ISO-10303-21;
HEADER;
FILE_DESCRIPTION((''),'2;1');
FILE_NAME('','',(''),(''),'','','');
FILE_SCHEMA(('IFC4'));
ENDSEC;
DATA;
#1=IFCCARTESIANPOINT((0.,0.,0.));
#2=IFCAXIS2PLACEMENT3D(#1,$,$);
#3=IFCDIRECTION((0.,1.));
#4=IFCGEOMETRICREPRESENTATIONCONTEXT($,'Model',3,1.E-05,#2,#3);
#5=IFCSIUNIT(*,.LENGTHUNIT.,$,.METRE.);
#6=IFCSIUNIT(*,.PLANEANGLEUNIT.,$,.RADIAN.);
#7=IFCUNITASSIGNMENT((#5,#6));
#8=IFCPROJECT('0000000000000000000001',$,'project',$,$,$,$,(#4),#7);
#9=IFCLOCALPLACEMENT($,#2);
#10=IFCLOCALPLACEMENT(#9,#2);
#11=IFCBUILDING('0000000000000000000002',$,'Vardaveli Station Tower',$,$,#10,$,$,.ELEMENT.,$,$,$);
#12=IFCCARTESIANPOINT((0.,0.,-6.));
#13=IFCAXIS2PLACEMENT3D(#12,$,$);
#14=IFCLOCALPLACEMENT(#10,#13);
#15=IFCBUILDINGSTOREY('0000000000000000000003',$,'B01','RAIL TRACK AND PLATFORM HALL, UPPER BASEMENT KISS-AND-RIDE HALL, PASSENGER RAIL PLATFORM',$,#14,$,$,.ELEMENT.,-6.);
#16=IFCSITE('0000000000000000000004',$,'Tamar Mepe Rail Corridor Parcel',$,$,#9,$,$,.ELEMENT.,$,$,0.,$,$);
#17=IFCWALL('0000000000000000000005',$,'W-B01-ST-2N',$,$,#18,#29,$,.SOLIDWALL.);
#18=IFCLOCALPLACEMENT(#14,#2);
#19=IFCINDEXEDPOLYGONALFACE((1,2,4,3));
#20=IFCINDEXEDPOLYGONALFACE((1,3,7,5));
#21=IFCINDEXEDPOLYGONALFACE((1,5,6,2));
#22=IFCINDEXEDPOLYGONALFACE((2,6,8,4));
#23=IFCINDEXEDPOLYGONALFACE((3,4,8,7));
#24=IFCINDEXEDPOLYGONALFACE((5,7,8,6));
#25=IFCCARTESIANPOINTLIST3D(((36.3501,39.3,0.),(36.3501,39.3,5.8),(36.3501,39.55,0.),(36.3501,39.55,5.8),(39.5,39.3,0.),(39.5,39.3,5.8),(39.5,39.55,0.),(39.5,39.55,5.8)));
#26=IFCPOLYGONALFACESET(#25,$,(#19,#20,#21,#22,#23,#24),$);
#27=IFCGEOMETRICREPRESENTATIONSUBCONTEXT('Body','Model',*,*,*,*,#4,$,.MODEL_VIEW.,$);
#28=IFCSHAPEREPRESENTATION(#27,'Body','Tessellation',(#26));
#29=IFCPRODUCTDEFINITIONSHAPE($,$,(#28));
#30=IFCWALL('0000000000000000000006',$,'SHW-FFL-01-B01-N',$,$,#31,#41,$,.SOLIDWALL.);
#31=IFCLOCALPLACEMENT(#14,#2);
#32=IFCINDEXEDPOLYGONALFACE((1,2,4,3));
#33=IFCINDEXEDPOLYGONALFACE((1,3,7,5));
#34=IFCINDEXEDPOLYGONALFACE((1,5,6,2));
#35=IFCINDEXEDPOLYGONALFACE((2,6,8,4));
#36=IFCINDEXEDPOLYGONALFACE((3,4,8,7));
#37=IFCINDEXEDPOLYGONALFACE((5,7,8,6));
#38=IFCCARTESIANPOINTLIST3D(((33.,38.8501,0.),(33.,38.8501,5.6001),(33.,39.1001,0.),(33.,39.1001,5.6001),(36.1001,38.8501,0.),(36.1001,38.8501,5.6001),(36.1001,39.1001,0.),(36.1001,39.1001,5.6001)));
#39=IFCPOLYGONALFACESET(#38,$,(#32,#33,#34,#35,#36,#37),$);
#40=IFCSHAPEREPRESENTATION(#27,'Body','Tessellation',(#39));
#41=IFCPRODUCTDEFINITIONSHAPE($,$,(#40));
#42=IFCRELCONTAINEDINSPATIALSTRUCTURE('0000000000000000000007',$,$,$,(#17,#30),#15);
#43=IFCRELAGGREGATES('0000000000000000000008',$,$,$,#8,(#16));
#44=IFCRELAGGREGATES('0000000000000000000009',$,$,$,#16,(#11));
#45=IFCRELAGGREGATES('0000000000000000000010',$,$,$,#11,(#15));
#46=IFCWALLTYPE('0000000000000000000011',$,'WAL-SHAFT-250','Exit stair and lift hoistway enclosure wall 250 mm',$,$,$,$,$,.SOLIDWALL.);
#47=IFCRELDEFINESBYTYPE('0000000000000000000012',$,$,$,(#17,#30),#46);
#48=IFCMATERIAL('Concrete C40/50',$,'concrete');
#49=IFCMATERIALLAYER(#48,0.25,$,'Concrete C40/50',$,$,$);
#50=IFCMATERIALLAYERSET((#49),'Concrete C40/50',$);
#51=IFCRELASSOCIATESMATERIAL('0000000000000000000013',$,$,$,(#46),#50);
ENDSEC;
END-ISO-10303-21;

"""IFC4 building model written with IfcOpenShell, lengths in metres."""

from ifc_helpers import new_model, si_unit, direction, frame, frame_2d, origin, place, context, subcontext, project, spatial, rectangle, extrude, source, transform, mapped, material, layer, layer_set, type_object, element, save


model = new_model("IFC4")

# Units and contexts
model_context = context("Model", 3, precision=1e-05, world=origin(), true_north=direction((0.0, 1.0)))
body_context = subcontext(model_context, "Body", "Model", "MODEL_VIEW")
ifc_project = project(units=[si_unit("LENGTHUNIT", "METRE"), si_unit("PLANEANGLEUNIT", "RADIAN")], contexts=[model_context])

# Site, building, storey
site_placement = place(None, origin())
site = spatial("IfcSite", under=ifc_project, at=site_placement, Name="Tamar Mepe Rail Corridor Parcel", CompositionType="ELEMENT", RefElevation=0.0)
building_placement = place(site_placement, origin())
building = spatial("IfcBuilding", under=site, at=building_placement, Name="Vardaveli Station Tower", CompositionType="ELEMENT")
storey_placement = place(building_placement, frame((0.0, 0.0, -6.0)))
storey = spatial("IfcBuildingStorey", under=building, at=storey_placement, Name="B01", Description="RAIL TRACK AND PLATFORM HALL, UPPER BASEMENT KISS-AND-RIDE HALL, PASSENGER RAIL PLATFORM", CompositionType="ELEMENT", Elevation=-6.0)

# Shared definitions
ifc_material_1 = material(Name="Concrete C40/50", Category="concrete")

# Walls
ifc_layer_1 = layer(ifc_material_1, 0.25, Name="Concrete C40/50")
ifc_layer_set_1 = layer_set([ifc_layer_1], Name="Concrete C40/50")
wall_type_1 = type_object("IfcWallType", Name="WAL-SHAFT-250", Description="Exit stair and lift hoistway enclosure wall 250 mm", PredefinedType="SOLIDWALL", material=ifc_layer_set_1)
shared_shape_1 = source(origin(), body_context, "Body", "SweptSolid", [
    extrude(rectangle(XDim=3.1499, YDim=0.25, at=frame_2d((1.575, 0.0))), origin(), (0.0, 0.0, 1.0), 5.8),
])
for number, where, z_axis, x_axis, name in (
    (1, (36.3501, 39.425, 0.0), (0.0, 0.0, 1.0), (1.0, 0.0, 0.0), "W-B01-ST-2N"),
):
    element("IfcWall", number, at=place(storey_placement, frame(where, z_axis=z_axis, x_axis=x_axis)), inside=storey, type_object=wall_type_1, Name=name, PredefinedType="SOLIDWALL", context=body_context, shape_type="MappedRepresentation", body=[
        mapped(shared_shape_1, transform((0.0, 0.0, 0.0), scale=1.0)),
    ])
shared_shape_2 = source(origin(), body_context, "Body", "SweptSolid", [
    extrude(rectangle(XDim=3.1001, YDim=0.25, at=frame_2d((1.55, 0.0))), origin(), (0.0, 0.0, 1.0), 5.6001),
])
wall_1_placement = place(storey_placement, frame((33.0, 38.9751, 0.0), z_axis=(0.0, 0.0, 1.0), x_axis=(1.0, 0.0, 0.0)))
element("IfcWall", 2, at=wall_1_placement, inside=storey, type_object=wall_type_1, Name="SHW-FFL-01-B01-N", PredefinedType="SOLIDWALL", context=body_context, shape_type="MappedRepresentation", body=[
    mapped(shared_shape_2, transform((0.0, 0.0, 0.0), scale=1.0)),
])

save(model, "model.ifc")
